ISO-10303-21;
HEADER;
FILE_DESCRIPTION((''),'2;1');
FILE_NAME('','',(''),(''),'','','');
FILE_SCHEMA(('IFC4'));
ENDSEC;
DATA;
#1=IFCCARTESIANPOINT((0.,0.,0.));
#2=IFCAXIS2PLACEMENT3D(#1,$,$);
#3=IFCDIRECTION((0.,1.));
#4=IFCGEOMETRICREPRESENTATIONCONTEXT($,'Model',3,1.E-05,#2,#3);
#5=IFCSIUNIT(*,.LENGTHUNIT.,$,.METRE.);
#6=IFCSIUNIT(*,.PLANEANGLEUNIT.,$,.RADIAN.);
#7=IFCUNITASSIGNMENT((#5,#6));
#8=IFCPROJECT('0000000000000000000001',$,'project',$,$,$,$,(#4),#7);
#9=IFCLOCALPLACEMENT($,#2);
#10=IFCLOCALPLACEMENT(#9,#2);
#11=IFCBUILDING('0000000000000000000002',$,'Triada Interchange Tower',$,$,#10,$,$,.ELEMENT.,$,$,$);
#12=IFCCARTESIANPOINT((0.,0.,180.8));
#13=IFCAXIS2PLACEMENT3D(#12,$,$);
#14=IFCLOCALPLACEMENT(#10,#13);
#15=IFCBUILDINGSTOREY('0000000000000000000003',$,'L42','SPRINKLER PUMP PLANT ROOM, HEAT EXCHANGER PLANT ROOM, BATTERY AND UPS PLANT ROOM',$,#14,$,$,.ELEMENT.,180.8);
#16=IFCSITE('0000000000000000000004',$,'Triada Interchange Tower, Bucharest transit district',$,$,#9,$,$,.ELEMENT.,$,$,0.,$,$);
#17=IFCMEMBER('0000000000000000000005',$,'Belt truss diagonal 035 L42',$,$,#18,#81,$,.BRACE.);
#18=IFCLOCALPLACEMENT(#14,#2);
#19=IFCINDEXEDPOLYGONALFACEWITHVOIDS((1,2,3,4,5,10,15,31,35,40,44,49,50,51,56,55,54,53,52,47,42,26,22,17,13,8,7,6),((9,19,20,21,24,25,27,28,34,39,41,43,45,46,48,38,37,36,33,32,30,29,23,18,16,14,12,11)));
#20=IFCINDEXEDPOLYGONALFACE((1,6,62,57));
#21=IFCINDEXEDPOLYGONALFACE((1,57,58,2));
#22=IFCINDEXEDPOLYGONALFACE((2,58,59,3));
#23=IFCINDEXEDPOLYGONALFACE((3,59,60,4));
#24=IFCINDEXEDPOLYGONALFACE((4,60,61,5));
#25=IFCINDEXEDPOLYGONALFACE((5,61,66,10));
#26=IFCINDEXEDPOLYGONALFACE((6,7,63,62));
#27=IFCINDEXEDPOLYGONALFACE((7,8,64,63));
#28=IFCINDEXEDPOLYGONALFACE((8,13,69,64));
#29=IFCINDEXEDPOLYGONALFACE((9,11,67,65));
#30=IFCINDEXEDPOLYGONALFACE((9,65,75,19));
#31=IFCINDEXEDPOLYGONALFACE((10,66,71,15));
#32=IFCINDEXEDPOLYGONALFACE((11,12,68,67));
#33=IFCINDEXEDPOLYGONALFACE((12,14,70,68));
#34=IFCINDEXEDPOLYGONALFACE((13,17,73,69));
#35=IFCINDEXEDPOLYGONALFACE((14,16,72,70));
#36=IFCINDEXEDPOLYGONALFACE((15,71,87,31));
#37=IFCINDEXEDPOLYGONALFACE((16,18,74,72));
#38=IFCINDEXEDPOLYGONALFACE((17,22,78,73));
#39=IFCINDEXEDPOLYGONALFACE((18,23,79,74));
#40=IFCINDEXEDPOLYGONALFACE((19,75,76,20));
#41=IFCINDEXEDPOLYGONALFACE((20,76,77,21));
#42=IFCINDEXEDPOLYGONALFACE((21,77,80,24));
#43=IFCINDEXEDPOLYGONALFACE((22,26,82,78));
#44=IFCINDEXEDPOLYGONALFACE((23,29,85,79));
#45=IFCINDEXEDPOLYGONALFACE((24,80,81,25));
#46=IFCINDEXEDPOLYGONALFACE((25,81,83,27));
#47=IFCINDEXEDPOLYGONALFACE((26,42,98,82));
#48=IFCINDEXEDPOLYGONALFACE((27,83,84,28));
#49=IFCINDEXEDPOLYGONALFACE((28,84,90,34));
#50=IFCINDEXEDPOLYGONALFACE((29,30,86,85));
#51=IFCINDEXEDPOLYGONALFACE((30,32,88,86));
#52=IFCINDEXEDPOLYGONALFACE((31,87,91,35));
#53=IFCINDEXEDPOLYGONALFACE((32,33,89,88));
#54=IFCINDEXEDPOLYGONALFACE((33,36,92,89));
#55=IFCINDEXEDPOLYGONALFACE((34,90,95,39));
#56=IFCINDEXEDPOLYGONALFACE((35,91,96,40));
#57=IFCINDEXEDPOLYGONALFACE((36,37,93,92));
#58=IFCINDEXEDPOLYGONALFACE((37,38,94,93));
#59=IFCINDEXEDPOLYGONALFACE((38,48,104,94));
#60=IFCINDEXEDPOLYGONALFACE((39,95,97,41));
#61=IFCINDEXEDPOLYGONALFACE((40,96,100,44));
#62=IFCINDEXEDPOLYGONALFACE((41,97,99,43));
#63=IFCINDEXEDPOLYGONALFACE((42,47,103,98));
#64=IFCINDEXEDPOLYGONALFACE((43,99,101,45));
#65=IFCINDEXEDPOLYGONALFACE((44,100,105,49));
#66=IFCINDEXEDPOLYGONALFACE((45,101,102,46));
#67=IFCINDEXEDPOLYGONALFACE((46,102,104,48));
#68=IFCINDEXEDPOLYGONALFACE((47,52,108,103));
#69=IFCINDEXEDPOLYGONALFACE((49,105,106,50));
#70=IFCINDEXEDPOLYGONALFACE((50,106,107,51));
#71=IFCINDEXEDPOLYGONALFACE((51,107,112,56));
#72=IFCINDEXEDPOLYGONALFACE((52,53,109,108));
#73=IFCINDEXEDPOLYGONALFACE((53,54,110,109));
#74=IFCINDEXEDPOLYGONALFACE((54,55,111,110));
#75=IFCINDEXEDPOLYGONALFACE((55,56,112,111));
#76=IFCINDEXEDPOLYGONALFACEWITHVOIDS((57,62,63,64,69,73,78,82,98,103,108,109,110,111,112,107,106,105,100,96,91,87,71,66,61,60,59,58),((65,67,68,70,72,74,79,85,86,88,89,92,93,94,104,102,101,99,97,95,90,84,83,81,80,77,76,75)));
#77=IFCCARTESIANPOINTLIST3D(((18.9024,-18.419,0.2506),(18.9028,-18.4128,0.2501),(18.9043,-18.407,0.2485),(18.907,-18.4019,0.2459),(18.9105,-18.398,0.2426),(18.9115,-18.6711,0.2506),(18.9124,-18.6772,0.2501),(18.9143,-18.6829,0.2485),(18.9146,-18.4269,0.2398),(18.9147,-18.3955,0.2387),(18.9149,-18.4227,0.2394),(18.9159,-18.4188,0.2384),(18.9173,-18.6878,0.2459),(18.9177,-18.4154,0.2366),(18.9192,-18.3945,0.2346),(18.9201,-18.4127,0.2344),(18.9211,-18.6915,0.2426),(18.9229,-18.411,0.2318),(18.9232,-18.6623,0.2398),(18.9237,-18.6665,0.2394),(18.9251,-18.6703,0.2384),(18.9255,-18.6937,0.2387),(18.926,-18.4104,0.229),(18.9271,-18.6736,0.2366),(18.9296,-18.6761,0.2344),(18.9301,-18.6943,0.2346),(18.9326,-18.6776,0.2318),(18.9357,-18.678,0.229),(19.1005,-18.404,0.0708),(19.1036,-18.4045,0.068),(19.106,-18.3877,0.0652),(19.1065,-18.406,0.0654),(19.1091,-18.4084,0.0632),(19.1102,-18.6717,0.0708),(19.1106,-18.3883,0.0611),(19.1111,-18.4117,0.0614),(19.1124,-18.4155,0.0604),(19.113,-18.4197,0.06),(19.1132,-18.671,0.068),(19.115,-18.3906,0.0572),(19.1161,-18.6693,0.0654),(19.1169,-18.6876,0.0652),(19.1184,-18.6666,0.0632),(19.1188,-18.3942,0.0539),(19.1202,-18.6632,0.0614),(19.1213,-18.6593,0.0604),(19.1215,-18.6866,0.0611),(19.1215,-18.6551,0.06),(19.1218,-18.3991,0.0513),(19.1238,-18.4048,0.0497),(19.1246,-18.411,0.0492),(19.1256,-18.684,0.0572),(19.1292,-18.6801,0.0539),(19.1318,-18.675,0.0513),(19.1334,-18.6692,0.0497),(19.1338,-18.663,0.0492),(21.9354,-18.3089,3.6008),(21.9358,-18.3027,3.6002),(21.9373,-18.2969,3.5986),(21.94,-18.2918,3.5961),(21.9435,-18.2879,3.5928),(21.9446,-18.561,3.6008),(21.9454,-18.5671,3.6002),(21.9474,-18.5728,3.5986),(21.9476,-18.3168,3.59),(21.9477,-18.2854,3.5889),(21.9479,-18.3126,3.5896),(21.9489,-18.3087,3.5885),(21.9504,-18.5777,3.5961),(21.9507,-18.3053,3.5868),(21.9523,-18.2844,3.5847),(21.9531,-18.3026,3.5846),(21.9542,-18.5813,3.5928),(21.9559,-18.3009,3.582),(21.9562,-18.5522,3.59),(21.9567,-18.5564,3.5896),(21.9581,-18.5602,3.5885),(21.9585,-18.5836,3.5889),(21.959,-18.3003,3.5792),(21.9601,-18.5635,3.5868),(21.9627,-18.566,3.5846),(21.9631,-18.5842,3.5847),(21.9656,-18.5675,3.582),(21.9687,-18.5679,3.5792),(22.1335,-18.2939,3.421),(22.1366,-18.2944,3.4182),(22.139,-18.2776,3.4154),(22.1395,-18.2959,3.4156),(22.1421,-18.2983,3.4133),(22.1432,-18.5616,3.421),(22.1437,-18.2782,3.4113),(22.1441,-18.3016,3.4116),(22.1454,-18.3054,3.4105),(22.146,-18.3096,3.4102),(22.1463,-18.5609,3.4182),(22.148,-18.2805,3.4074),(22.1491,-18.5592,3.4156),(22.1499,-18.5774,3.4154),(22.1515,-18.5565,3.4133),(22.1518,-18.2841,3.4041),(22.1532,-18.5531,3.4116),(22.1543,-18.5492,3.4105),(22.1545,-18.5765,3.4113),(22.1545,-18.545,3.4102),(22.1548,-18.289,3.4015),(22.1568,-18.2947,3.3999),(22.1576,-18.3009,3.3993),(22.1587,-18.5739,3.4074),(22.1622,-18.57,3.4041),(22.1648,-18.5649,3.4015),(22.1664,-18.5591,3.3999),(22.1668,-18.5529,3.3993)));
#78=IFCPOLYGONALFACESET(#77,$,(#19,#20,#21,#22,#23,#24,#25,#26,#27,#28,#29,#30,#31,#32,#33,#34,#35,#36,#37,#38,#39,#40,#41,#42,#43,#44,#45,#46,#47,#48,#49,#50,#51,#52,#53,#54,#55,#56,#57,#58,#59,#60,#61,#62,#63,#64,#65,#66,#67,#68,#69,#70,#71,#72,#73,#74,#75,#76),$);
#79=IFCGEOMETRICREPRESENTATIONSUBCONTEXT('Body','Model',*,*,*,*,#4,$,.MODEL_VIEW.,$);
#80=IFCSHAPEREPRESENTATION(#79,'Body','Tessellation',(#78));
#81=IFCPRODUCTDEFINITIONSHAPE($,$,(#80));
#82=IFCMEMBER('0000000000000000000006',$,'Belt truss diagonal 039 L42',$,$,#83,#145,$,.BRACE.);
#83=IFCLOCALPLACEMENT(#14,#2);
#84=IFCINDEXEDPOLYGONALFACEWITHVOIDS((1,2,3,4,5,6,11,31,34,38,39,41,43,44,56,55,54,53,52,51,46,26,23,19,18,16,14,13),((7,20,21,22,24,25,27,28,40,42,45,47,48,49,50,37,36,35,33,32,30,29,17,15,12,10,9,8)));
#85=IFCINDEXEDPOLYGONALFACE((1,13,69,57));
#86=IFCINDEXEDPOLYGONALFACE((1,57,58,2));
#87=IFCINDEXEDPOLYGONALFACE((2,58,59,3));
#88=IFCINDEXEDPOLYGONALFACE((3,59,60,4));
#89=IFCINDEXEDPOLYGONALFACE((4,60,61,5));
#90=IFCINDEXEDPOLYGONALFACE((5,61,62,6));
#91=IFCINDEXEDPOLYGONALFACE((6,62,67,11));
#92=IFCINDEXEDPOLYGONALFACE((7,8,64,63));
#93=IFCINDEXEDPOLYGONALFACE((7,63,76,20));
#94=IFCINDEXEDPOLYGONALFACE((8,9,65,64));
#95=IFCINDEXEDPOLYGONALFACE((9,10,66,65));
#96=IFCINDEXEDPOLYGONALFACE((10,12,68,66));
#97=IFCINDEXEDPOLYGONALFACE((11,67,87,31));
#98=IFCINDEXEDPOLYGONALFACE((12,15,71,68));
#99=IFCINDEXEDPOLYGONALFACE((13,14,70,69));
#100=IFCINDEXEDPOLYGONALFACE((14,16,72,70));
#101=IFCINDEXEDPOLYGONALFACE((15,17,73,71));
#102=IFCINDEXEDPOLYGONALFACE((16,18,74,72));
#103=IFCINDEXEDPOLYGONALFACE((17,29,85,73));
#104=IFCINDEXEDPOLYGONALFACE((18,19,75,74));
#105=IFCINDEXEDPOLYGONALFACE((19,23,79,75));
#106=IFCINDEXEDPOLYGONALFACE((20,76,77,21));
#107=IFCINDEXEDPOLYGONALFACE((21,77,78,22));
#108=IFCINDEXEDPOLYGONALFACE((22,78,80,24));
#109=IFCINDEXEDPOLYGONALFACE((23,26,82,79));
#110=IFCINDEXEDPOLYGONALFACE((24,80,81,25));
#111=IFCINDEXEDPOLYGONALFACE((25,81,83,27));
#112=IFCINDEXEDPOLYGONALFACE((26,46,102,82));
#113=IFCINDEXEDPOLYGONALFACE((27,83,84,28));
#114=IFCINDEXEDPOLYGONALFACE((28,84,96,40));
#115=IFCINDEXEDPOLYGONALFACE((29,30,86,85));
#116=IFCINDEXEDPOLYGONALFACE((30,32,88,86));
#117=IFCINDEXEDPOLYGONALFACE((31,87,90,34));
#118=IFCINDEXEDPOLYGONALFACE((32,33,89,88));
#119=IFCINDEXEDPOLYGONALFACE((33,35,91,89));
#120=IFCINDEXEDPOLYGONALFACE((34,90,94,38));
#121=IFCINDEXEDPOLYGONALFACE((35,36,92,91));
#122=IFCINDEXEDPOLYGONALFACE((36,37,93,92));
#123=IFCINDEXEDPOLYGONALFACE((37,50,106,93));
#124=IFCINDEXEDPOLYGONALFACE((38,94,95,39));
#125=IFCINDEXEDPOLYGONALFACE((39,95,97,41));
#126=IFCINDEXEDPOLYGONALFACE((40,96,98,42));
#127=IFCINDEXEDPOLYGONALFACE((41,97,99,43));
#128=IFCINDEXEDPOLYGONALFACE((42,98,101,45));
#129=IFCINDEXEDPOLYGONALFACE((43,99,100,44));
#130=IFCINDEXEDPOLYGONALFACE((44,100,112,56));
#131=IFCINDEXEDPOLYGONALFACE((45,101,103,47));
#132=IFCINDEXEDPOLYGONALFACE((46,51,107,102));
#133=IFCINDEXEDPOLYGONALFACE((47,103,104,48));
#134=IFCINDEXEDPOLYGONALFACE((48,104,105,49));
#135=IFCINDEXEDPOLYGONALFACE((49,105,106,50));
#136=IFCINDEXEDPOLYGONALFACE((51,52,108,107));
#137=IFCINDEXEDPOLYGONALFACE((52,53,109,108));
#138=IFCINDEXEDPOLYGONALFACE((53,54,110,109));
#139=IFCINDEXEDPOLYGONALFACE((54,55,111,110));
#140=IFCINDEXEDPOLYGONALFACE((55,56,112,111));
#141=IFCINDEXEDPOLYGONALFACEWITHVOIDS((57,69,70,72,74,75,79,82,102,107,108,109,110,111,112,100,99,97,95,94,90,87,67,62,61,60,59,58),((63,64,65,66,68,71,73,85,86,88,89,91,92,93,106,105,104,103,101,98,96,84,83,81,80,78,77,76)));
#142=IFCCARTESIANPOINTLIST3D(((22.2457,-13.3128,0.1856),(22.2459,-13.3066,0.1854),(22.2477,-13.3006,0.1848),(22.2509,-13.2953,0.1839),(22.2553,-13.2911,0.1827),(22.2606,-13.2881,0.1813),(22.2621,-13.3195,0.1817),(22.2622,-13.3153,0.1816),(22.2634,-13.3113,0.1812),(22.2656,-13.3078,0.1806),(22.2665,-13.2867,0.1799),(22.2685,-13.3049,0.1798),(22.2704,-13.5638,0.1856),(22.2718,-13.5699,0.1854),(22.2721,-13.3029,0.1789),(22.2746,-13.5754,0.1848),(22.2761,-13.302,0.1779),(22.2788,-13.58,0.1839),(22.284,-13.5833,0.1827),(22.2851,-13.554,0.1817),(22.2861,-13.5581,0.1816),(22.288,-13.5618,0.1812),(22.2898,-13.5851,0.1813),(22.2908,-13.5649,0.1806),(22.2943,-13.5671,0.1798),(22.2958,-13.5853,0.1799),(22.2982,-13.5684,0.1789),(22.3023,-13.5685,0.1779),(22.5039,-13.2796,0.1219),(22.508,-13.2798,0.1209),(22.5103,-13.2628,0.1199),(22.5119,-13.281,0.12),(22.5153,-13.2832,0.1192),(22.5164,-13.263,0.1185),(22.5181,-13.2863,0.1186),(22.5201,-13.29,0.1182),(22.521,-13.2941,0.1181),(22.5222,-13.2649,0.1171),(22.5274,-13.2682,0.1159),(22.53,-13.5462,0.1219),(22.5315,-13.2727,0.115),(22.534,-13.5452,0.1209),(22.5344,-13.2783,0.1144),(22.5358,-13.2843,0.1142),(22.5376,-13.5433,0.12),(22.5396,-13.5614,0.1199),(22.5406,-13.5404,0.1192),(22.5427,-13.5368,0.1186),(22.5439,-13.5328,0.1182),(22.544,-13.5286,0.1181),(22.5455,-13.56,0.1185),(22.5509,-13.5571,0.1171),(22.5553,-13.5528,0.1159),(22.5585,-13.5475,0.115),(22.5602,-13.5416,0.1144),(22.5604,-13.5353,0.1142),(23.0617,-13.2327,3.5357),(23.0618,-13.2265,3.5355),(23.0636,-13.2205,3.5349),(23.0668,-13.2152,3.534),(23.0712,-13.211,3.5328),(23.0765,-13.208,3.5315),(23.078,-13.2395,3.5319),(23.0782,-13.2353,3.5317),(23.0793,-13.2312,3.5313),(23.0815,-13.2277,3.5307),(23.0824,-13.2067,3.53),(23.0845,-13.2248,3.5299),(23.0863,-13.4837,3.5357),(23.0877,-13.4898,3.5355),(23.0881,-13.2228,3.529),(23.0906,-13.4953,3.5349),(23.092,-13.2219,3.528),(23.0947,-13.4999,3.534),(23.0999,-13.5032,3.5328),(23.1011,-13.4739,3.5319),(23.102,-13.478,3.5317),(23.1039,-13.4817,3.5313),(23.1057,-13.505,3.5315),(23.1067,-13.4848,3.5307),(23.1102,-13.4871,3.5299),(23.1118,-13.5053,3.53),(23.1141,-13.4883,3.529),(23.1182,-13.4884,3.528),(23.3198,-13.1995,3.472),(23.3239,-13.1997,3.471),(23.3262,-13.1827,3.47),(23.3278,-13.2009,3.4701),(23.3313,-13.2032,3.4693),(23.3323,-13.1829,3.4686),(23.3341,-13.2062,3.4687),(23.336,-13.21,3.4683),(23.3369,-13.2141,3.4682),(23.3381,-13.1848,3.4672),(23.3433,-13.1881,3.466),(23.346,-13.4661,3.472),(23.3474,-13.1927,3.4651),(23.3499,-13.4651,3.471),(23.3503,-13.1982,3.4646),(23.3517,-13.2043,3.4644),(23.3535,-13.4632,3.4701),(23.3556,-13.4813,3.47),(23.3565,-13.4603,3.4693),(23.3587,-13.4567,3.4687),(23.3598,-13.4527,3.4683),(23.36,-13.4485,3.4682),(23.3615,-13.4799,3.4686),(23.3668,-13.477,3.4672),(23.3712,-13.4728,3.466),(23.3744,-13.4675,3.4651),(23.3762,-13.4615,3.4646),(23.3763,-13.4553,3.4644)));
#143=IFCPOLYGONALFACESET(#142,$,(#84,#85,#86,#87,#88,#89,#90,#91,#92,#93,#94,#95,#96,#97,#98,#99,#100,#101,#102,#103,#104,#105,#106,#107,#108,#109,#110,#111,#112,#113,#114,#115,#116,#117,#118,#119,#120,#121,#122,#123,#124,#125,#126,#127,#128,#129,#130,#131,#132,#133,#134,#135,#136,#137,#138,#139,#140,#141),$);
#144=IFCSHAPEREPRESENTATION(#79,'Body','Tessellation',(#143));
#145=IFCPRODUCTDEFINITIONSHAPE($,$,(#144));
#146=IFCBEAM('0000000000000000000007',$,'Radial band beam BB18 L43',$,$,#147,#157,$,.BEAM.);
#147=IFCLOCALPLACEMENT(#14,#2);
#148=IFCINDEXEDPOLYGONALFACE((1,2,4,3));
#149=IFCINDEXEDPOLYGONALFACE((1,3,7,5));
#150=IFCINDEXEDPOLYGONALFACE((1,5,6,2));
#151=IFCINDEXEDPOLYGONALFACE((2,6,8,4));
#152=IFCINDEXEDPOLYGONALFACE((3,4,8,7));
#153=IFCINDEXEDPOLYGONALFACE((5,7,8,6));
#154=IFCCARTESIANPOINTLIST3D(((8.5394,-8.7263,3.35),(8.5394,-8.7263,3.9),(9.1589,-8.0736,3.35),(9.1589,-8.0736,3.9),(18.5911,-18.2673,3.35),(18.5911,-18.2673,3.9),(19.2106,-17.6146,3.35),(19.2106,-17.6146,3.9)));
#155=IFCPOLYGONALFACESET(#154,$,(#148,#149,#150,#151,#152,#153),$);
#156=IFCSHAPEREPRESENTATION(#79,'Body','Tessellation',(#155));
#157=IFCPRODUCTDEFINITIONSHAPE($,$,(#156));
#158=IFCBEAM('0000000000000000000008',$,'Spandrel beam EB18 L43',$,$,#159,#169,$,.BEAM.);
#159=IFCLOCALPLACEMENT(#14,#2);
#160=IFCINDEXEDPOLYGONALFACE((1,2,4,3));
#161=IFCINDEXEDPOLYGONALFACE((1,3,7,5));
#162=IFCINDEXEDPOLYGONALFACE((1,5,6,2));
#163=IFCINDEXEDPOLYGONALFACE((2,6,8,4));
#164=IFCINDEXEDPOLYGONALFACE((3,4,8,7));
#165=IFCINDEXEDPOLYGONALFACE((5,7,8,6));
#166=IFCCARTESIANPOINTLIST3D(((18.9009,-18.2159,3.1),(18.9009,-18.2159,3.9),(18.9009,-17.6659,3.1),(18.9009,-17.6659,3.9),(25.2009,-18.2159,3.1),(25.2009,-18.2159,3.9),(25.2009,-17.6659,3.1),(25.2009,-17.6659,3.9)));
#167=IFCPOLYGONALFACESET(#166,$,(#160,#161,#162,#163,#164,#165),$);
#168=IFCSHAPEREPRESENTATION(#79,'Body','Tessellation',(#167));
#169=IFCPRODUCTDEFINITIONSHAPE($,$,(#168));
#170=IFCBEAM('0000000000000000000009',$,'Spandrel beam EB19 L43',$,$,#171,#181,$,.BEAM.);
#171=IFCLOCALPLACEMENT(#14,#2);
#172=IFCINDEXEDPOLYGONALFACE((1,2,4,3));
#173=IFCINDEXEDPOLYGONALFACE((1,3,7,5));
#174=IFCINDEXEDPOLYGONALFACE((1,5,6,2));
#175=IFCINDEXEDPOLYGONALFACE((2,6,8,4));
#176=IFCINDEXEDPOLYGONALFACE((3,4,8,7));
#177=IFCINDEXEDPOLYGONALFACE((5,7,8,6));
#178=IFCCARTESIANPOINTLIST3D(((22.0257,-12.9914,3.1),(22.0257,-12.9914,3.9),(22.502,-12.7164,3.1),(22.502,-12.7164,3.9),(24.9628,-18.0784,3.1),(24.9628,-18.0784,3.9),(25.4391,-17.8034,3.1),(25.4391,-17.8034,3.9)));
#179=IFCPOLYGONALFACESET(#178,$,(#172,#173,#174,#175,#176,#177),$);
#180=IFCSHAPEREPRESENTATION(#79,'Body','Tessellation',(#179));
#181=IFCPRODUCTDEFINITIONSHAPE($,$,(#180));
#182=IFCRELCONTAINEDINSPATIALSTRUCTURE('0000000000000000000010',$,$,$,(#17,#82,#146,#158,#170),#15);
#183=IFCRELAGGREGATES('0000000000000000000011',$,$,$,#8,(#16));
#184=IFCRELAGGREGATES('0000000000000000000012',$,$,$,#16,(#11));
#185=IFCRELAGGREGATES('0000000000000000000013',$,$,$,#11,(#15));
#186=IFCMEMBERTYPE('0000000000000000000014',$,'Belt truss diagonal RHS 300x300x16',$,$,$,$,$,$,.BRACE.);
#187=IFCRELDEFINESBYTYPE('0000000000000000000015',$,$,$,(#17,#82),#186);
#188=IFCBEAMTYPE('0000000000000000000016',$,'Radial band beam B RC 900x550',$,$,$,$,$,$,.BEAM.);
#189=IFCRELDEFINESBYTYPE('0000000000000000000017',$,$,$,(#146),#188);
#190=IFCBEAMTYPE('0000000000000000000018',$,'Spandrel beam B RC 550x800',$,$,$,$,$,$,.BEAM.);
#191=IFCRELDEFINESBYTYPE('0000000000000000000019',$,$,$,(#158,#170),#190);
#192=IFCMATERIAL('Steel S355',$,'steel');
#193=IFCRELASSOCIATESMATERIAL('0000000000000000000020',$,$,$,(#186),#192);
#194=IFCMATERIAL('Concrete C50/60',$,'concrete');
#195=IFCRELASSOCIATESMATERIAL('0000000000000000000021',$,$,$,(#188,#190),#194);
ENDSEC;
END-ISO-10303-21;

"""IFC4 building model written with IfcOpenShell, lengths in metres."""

from ifc_helpers import new_model, si_unit, direction, frame, origin, origin_2d, place, context, subcontext, project, spatial, rectangle, hollow_rectangle, extrude, material, material_profile, profile_set, type_object, element, save


model = new_model("IFC4")

# Units and contexts
model_context = context("Model", 3, precision=1e-05, world=origin(), true_north=direction((0.0, 1.0)))
body_context = subcontext(model_context, "Body", "Model", "MODEL_VIEW")
ifc_project = project(units=[si_unit("LENGTHUNIT", "METRE"), si_unit("PLANEANGLEUNIT", "RADIAN")], contexts=[model_context])

# Site, building, storey
site_placement = place(None, origin())
site = spatial("IfcSite", under=ifc_project, at=site_placement, Name="Triada Interchange Tower, Bucharest transit district", CompositionType="ELEMENT", RefElevation=0.0)
building_placement = place(site_placement, origin())
building = spatial("IfcBuilding", under=site, at=building_placement, Name="Triada Interchange Tower", CompositionType="ELEMENT")
storey_placement = place(building_placement, frame((0.0, 0.0, 180.8)))
storey = spatial("IfcBuildingStorey", under=building, at=storey_placement, Name="L42", Description="SPRINKLER PUMP PLANT ROOM, HEAT EXCHANGER PLANT ROOM, BATTERY AND UPS PLANT ROOM", CompositionType="ELEMENT", Elevation=180.8)

# Members
ifc_material_1 = material(Name="Steel S355", Category="steel")
ifc_material_profile_1 = material_profile(ifc_material_1, hollow_rectangle(XDim=0.3, YDim=0.3, WallThickness=0.0161, InnerFilletRadius=0.0161, OuterFilletRadius=0.0239, at=origin_2d()), Name="RHS 300x300x16")
ifc_profile_set_1 = profile_set([ifc_material_profile_1], Name="Steel S355")
member_type = type_object("IfcMemberType", Name="Belt truss diagonal RHS 300x300x16", PredefinedType="BRACE", material=ifc_profile_set_1)
member_1_placement = place(storey_placement, frame((19.0181, -18.541, 0.1499), z_axis=(0.670948, 0.024358, 0.741105), x_axis=(-0.03628, 0.999342, 0.0)))
element("IfcMember", 1, at=member_1_placement, inside=storey, type_object=member_type, Name="Belt truss diagonal 035 L42", PredefinedType="BRACE", context=body_context, shape_type="SweptSolid", body=[
    extrude(hollow_rectangle(XDim=0.3, YDim=0.3, WallThickness=0.0161, InnerFilletRadius=0.0161, OuterFilletRadius=0.0239, at=origin_2d()), origin(), (0.0, 0.0, 1.0), 4.5205),
])
member_2_placement = place(storey_placement, frame((22.4031, -13.4241, 0.1499), z_axis=(0.23657, 0.023218, 0.971337), x_axis=(-0.097676, 0.995218, 0.0)))
element("IfcMember", 2, at=member_2_placement, inside=storey, type_object=member_type, Name="Belt truss diagonal 039 L42", PredefinedType="BRACE", context=body_context, shape_type="SweptSolid", body=[
    extrude(hollow_rectangle(XDim=0.3, YDim=0.3, WallThickness=0.0161, InnerFilletRadius=0.0161, OuterFilletRadius=0.0239, at=origin_2d()), origin(), (0.0, 0.0, 1.0), 3.449),
])

# Beams
ifc_material_2 = material(Name="Concrete C50/60", Category="concrete")
ifc_material_profile_2 = material_profile(ifc_material_2, rectangle(XDim=0.8999, YDim=0.55, at=origin_2d()), Name="RC 900x550")
ifc_profile_set_2 = profile_set([ifc_material_profile_2], Name="Concrete C50/60")
beam_type_1 = type_object("IfcBeamType", Name="Radial band beam B RC 900x550", PredefinedType="BEAM", material=ifc_profile_set_2)
beam_1_placement = place(storey_placement, frame((18.9009, -17.9409, 3.625), z_axis=(-0.725293, 0.68844, 0.0), x_axis=(-0.68844, -0.725293, 0.0)))
element("IfcBeam", 3, at=beam_1_placement, inside=storey, type_object=beam_type_1, Name="Radial band beam BB18 L43", PredefinedType="BEAM", context=body_context, shape_type="SweptSolid", body=[
    extrude(rectangle(XDim=0.8999, YDim=0.55, at=origin_2d()), origin(), (0.0, 0.0, 1.0), 13.8589),
])
ifc_material_profile_3 = material_profile(ifc_material_2, rectangle(XDim=0.55, YDim=0.8, at=origin_2d()), Name="RC 550x800")
ifc_profile_set_3 = profile_set([ifc_material_profile_3], Name="Concrete C50/60")
beam_type_2 = type_object("IfcBeamType", Name="Spandrel beam B RC 550x800", PredefinedType="BEAM", material=ifc_profile_set_3)
beam_2_placement = place(storey_placement, frame((18.9009, -17.9409, 3.5), z_axis=(1.0, 0.0, 0.0), x_axis=(0.0, 1.0, 0.0)))
element("IfcBeam", 4, at=beam_2_placement, inside=storey, type_object=beam_type_2, Name="Spandrel beam EB18 L43", PredefinedType="BEAM", context=body_context, shape_type="SweptSolid", body=[
    extrude(rectangle(XDim=0.55, YDim=0.8, at=origin_2d()), origin(), (0.0, 0.0, 1.0), 6.3),
])
beam_3_placement = place(storey_placement, frame((25.2009, -17.9409, 3.5), z_axis=(-0.50001, 0.866019, 0.0), x_axis=(-0.866019, -0.50001, 0.0)))
element("IfcBeam", 5, at=beam_3_placement, inside=storey, type_object=beam_type_2, Name="Spandrel beam EB19 L43", PredefinedType="BEAM", context=body_context, shape_type="SweptSolid", body=[
    extrude(rectangle(XDim=0.55, YDim=0.8, at=origin_2d()), origin(), (0.0, 0.0, 1.0), 5.874),
])

save(model, "model.ifc")
